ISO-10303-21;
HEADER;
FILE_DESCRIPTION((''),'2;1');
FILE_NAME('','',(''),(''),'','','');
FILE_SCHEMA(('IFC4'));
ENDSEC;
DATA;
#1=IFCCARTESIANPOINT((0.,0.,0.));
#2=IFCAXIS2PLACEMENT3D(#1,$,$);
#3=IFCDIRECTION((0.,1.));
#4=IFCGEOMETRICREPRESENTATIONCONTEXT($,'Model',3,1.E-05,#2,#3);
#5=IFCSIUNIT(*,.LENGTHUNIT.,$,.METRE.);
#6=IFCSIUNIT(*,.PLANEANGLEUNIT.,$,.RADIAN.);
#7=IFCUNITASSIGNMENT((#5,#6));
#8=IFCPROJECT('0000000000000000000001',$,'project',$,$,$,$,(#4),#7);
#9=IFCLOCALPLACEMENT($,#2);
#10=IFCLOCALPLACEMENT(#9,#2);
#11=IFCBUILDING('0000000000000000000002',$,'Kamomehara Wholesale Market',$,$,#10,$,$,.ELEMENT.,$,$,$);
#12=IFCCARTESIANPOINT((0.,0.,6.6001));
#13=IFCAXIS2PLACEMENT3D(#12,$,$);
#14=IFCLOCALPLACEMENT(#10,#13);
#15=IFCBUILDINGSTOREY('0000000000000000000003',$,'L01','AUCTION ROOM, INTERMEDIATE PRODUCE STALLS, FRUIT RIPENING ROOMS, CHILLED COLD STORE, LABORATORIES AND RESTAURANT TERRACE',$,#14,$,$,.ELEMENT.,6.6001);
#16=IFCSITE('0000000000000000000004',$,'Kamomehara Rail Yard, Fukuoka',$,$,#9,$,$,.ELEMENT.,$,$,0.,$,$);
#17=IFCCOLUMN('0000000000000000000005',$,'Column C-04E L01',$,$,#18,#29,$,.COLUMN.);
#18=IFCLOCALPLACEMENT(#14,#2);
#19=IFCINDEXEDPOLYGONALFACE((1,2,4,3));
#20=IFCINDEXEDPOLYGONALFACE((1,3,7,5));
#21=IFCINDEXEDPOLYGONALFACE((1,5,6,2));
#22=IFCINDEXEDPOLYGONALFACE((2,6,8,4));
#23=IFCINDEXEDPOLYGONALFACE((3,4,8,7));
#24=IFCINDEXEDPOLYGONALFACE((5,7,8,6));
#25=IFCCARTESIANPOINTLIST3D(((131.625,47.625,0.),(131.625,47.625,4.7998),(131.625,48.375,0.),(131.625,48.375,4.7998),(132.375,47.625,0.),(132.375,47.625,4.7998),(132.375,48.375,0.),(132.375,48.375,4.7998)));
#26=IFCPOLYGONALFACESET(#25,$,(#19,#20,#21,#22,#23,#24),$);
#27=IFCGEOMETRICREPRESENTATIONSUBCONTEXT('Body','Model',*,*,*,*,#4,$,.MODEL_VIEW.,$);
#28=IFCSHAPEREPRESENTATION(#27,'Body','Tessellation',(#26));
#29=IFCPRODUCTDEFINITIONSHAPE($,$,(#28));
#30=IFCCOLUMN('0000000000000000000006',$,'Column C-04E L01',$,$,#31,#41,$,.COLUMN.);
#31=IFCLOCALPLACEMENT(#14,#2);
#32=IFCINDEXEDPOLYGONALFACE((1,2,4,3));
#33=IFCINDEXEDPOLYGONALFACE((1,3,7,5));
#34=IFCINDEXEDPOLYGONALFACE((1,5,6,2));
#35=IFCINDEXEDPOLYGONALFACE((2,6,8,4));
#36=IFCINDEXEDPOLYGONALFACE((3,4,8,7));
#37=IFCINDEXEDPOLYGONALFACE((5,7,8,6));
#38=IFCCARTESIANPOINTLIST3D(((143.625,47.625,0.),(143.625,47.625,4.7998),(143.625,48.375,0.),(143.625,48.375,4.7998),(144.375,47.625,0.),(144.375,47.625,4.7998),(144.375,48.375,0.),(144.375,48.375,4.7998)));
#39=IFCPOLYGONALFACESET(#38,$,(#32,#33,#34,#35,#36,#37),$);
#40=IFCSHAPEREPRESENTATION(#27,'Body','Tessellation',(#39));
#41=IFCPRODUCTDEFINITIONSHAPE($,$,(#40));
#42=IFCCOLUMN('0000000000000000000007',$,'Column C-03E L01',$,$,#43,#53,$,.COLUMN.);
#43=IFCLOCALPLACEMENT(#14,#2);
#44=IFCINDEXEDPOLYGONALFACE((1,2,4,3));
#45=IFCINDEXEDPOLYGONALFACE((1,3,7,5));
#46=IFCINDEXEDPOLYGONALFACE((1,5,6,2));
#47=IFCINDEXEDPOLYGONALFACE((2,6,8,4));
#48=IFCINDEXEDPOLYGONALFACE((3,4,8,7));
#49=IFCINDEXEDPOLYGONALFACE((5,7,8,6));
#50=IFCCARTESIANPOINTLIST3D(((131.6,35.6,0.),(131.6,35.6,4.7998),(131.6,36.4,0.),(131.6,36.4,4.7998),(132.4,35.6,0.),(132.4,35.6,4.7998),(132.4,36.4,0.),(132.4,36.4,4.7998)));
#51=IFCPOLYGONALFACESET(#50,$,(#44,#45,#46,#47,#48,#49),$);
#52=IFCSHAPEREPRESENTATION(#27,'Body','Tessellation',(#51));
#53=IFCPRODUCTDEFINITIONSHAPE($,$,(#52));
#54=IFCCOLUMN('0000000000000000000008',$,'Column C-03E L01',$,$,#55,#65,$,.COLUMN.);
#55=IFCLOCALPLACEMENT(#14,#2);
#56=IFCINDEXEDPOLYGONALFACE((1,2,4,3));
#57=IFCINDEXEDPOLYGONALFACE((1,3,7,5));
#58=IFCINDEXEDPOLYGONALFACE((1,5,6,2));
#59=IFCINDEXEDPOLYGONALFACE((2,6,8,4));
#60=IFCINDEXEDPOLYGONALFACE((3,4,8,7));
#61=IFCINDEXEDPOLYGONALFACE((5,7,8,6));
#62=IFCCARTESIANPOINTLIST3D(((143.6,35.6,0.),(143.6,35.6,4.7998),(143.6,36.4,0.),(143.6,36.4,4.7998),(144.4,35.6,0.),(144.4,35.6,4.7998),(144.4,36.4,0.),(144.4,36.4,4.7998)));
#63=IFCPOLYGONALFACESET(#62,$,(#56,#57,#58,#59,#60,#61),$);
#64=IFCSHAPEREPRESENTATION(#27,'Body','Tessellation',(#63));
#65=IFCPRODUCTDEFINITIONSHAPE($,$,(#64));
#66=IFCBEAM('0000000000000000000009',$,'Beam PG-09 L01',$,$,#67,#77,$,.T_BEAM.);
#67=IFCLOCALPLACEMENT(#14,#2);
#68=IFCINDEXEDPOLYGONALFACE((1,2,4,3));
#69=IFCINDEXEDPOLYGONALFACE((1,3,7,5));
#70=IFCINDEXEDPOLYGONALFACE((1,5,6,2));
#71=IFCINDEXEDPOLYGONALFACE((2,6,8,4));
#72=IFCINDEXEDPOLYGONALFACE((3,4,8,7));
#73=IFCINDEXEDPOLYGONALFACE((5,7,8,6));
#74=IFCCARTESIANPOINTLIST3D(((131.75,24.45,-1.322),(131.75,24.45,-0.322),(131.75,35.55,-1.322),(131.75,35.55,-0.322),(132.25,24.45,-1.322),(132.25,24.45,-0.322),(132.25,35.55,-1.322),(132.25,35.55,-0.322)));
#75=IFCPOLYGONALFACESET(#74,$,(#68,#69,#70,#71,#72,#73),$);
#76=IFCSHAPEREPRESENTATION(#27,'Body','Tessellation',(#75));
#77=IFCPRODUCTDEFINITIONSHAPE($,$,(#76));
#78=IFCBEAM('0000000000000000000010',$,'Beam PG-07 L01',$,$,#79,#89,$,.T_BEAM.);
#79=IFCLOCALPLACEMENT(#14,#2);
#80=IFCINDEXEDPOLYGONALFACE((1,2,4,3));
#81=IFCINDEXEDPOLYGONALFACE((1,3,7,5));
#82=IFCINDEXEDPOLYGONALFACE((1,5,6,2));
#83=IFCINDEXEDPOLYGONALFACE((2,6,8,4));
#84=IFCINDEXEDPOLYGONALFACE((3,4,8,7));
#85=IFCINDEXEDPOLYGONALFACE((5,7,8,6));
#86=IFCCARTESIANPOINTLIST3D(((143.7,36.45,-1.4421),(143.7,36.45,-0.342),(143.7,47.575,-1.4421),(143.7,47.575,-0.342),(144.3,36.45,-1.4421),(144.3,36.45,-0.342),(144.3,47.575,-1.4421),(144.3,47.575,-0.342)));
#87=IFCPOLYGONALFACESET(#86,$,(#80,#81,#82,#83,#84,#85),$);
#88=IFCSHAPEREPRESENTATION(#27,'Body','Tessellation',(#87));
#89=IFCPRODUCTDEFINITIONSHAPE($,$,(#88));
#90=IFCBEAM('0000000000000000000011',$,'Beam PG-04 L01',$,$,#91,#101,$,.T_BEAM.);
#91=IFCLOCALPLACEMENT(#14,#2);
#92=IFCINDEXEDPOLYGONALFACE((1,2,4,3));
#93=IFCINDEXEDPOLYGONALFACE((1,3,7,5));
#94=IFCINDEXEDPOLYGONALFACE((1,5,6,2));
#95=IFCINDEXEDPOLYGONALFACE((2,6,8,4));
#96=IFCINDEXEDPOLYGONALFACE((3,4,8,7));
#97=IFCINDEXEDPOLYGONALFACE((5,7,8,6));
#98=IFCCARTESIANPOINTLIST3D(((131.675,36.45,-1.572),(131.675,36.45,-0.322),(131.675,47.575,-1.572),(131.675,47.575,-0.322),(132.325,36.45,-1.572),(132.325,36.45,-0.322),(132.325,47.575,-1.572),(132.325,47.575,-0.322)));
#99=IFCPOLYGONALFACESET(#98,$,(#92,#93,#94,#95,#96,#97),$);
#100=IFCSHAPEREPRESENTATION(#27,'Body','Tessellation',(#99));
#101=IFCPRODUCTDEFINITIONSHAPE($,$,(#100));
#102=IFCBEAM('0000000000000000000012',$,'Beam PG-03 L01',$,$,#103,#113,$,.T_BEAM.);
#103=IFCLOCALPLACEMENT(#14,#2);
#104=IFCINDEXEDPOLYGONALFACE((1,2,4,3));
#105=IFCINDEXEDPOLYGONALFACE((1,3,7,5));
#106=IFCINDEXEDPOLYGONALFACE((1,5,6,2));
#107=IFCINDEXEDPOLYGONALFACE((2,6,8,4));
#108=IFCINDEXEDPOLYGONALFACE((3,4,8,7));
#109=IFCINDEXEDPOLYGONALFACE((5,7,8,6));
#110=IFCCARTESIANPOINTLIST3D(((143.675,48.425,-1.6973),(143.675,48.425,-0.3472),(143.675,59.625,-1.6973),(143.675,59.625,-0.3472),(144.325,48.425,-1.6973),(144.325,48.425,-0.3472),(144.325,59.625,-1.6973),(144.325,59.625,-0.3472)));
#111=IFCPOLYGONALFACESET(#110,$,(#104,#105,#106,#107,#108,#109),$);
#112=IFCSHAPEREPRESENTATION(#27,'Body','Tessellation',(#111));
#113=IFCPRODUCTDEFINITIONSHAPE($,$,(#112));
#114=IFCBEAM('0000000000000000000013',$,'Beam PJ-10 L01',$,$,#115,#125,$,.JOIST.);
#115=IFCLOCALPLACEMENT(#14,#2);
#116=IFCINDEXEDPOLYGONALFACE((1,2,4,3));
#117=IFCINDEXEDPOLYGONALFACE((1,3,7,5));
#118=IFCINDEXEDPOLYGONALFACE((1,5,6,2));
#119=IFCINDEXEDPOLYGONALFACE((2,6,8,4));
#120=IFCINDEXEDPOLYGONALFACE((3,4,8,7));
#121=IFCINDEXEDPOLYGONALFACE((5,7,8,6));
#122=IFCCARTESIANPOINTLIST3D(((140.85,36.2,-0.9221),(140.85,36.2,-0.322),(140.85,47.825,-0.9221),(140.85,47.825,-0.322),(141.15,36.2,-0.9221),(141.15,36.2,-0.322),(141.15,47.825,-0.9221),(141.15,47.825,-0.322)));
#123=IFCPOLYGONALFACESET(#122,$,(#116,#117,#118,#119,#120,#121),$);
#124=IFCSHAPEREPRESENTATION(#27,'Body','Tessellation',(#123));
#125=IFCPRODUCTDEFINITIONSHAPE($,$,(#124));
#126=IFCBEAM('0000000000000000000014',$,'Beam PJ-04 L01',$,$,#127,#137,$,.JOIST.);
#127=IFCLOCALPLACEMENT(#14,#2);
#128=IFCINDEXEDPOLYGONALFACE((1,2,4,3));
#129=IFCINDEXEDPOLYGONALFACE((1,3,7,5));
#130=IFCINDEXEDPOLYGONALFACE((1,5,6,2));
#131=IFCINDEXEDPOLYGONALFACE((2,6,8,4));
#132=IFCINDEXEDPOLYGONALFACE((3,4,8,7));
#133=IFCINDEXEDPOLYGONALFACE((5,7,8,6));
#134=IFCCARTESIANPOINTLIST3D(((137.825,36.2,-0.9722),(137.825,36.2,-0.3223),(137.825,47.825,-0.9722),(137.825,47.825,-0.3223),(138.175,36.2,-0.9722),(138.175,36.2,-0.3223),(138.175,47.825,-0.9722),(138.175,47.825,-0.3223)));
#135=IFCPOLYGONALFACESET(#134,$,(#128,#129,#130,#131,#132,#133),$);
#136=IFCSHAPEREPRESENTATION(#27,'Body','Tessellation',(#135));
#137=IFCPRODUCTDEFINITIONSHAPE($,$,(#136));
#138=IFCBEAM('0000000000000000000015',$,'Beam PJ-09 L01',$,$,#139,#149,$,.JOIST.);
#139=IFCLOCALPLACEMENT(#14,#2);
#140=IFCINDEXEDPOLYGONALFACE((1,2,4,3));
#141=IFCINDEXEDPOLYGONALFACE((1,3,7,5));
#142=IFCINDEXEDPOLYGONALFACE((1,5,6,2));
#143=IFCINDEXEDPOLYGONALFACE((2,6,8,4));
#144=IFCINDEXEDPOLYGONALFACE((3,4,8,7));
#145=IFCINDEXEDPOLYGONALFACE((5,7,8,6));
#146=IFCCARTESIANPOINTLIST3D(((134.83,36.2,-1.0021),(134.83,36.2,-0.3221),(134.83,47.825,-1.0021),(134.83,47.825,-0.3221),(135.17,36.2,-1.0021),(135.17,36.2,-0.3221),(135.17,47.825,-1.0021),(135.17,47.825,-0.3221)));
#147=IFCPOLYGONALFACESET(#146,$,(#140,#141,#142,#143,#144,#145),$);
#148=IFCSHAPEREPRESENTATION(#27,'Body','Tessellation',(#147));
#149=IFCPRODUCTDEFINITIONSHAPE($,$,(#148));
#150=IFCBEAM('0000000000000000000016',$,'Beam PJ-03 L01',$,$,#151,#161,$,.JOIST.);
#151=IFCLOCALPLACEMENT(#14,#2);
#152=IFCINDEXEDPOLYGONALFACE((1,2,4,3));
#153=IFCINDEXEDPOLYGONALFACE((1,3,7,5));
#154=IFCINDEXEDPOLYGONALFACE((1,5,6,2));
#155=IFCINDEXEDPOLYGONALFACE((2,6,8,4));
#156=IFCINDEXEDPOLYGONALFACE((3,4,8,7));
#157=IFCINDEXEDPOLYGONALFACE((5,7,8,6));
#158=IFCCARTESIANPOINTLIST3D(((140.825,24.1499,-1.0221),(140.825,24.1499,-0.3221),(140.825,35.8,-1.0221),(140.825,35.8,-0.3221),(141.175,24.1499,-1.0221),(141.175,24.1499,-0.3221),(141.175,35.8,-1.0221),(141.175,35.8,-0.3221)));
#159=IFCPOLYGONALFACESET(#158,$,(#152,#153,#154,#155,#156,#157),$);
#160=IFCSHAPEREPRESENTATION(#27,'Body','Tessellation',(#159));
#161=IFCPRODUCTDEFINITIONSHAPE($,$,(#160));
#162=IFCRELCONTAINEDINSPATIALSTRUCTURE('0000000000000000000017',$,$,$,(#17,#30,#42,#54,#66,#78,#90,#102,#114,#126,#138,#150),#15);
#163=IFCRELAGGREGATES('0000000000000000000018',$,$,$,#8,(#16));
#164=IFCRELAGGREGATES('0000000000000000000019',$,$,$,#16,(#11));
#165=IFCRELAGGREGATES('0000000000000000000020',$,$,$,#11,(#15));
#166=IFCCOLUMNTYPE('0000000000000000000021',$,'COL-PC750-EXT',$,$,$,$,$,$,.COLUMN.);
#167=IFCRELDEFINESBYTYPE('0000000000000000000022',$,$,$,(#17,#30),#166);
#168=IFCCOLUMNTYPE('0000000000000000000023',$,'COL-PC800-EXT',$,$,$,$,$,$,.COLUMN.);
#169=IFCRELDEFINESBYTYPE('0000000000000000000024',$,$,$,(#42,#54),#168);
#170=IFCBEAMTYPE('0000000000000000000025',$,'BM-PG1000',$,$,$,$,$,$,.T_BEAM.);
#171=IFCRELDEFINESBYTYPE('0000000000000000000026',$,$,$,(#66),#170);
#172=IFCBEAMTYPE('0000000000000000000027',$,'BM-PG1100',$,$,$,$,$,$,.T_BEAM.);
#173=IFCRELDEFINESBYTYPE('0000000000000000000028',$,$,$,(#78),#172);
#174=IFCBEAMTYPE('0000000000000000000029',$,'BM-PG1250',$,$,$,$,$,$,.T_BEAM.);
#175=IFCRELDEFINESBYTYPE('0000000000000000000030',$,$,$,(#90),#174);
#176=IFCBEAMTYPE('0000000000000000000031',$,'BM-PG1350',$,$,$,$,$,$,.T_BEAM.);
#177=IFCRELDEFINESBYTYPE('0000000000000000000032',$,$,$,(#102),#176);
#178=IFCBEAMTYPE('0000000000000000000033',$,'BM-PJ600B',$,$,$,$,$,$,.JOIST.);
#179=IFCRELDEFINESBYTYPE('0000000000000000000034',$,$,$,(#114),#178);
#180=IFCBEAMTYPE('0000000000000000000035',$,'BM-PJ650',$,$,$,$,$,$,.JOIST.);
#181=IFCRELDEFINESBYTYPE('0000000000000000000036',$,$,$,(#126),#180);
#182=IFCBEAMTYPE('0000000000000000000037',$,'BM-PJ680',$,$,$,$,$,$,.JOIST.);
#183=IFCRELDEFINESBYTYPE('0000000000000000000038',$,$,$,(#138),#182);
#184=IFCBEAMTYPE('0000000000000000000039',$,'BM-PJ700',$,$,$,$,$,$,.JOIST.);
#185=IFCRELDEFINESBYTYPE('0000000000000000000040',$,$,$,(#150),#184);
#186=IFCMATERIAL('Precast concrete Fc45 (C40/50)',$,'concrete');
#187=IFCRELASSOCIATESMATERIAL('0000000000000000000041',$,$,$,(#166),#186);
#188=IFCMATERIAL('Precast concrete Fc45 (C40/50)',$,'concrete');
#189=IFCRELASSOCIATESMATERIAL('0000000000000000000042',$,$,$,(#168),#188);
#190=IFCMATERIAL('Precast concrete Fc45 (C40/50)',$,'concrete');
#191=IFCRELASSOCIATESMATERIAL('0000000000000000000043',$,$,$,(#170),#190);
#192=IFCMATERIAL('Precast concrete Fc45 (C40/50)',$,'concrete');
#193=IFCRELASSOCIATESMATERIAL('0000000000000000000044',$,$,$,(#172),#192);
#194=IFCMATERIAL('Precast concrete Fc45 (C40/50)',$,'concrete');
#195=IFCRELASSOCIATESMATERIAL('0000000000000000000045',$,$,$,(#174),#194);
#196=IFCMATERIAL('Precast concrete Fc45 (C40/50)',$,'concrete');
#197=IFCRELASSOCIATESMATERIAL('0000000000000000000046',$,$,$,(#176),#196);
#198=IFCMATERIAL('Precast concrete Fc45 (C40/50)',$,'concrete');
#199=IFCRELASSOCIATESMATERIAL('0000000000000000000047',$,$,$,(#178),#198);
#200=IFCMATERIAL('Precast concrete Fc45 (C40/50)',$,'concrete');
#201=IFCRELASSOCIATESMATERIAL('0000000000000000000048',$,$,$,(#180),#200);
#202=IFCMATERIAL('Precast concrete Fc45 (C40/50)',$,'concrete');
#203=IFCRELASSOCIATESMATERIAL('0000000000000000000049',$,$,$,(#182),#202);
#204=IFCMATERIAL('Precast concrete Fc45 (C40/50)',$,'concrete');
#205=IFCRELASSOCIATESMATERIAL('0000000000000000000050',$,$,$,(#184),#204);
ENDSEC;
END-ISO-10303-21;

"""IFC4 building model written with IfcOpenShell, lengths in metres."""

from ifc_helpers import new_model, si_unit, direction, frame, origin, origin_2d, place, context, subcontext, project, spatial, rectangle, extrude, material, material_profile, profile_set, type_object, element, save


model = new_model("IFC4")

# Units and contexts
model_context = context("Model", 3, precision=1e-05, world=origin(), true_north=direction((0.0, 1.0)))
body_context = subcontext(model_context, "Body", "Model", "MODEL_VIEW")
ifc_project = project(units=[si_unit("LENGTHUNIT", "METRE"), si_unit("PLANEANGLEUNIT", "RADIAN")], contexts=[model_context])

# Site, building, storey
site_placement = place(None, origin())
site = spatial("IfcSite", under=ifc_project, at=site_placement, Name="Kamomehara Rail Yard, Fukuoka", CompositionType="ELEMENT", RefElevation=0.0)
building_placement = place(site_placement, origin())
building = spatial("IfcBuilding", under=site, at=building_placement, Name="Kamomehara Wholesale Market", CompositionType="ELEMENT")
storey_placement = place(building_placement, frame((0.0, 0.0, 6.6001)))
storey = spatial("IfcBuildingStorey", under=building, at=storey_placement, Name="L01", Description="AUCTION ROOM, INTERMEDIATE PRODUCE STALLS, FRUIT RIPENING ROOMS, CHILLED COLD STORE, LABORATORIES AND RESTAURANT TERRACE", CompositionType="ELEMENT", Elevation=6.6001)

# Columns
ifc_material_1 = material(Name="Precast concrete Fc45 (C40/50)", Category="concrete")
ifc_material_profile_1 = material_profile(ifc_material_1, rectangle(XDim=0.75, YDim=0.75, at=origin_2d()), Name="PC-COL-750x750")
ifc_profile_set_1 = profile_set([ifc_material_profile_1], Name="Precast concrete Fc45 (C40/50)")
column_type_1 = type_object("IfcColumnType", Name="COL-PC750-EXT", PredefinedType="COLUMN", material=ifc_profile_set_1)
for number, where, z_axis, x_axis, name in (
    (1, (132.0, 48.0, 0.0), (0.0, 0.0, 1.0), (1.0, 0.0, 0.0), "Column C-04E L01"),
    (2, (144.0, 48.0, 0.0), (0.0, 0.0, 1.0), (1.0, 0.0, 0.0), "Column C-04E L01"),
):
    element("IfcColumn", number, at=place(storey_placement, frame(where, z_axis=z_axis, x_axis=x_axis)), inside=storey, type_object=column_type_1, Name=name, PredefinedType="COLUMN", context=body_context, shape_type="SweptSolid", body=[
        extrude(rectangle(XDim=0.75, YDim=0.75, at=origin_2d()), origin(), (0.0, 0.0, 1.0), 4.7998),
    ])
ifc_material_2 = material(Name="Precast concrete Fc45 (C40/50)", Category="concrete")
ifc_material_profile_2 = material_profile(ifc_material_2, rectangle(XDim=0.8, YDim=0.8, at=origin_2d()), Name="PC-COL-800x800")
ifc_profile_set_2 = profile_set([ifc_material_profile_2], Name="Precast concrete Fc45 (C40/50)")
column_type_2 = type_object("IfcColumnType", Name="COL-PC800-EXT", PredefinedType="COLUMN", material=ifc_profile_set_2)
for number, where, z_axis, x_axis, name in (
    (3, (132.0, 36.0, 0.0), (0.0, 0.0, 1.0), (1.0, 0.0, 0.0), "Column C-03E L01"),
    (4, (144.0, 36.0, 0.0), (0.0, 0.0, 1.0), (1.0, 0.0, 0.0), "Column C-03E L01"),
):
    element("IfcColumn", number, at=place(storey_placement, frame(where, z_axis=z_axis, x_axis=x_axis)), inside=storey, type_object=column_type_2, Name=name, PredefinedType="COLUMN", context=body_context, shape_type="SweptSolid", body=[
        extrude(rectangle(XDim=0.8, YDim=0.8, at=origin_2d()), origin(), (0.0, 0.0, 1.0), 4.7998),
    ])

# Beams
ifc_material_3 = material(Name="Precast concrete Fc45 (C40/50)", Category="concrete")
ifc_material_profile_3 = material_profile(ifc_material_3, rectangle(XDim=0.5, YDim=1.0, at=origin_2d()), Name="PC-GRD-500x1000")
ifc_profile_set_3 = profile_set([ifc_material_profile_3], Name="Precast concrete Fc45 (C40/50)")
beam_type_1 = type_object("IfcBeamType", Name="BM-PG1000", PredefinedType="T_BEAM", material=ifc_profile_set_3)
beam_1_placement = place(storey_placement, frame((132.0, 24.45, -0.822), z_axis=(0.0, 1.0, 0.0), x_axis=(-1.0, 0.0, 0.0)))
element("IfcBeam", 5, at=beam_1_placement, inside=storey, type_object=beam_type_1, Name="Beam PG-09 L01", PredefinedType="T_BEAM", context=body_context, shape_type="SweptSolid", body=[
    extrude(rectangle(XDim=0.5, YDim=1.0, at=origin_2d()), origin(), (0.0, 0.0, 1.0), 11.1001),
])
ifc_material_4 = material(Name="Precast concrete Fc45 (C40/50)", Category="concrete")
ifc_material_profile_4 = material_profile(ifc_material_4, rectangle(XDim=0.6001, YDim=1.1001, at=origin_2d()), Name="PC-GRD-600x1100")
ifc_profile_set_4 = profile_set([ifc_material_profile_4], Name="Precast concrete Fc45 (C40/50)")
beam_type_2 = type_object("IfcBeamType", Name="BM-PG1100", PredefinedType="T_BEAM", material=ifc_profile_set_4)
beam_2_placement = place(storey_placement, frame((144.0, 36.45, -0.8921), z_axis=(0.0, 1.0, 0.0), x_axis=(-1.0, 0.0, 0.0)))
element("IfcBeam", 6, at=beam_2_placement, inside=storey, type_object=beam_type_2, Name="Beam PG-07 L01", PredefinedType="T_BEAM", context=body_context, shape_type="SweptSolid", body=[
    extrude(rectangle(XDim=0.6001, YDim=1.1001, at=origin_2d()), origin(), (0.0, 0.0, 1.0), 11.125),
])
ifc_material_5 = material(Name="Precast concrete Fc45 (C40/50)", Category="concrete")
ifc_material_profile_5 = material_profile(ifc_material_5, rectangle(XDim=0.6499, YDim=1.25, at=origin_2d()), Name="PC-GRD-650x1250")
ifc_profile_set_5 = profile_set([ifc_material_profile_5], Name="Precast concrete Fc45 (C40/50)")
beam_type_3 = type_object("IfcBeamType", Name="BM-PG1250", PredefinedType="T_BEAM", material=ifc_profile_set_5)
beam_3_placement = place(storey_placement, frame((132.0, 36.45, -0.947), z_axis=(0.0, 1.0, 0.0), x_axis=(-1.0, 0.0, 0.0)))
element("IfcBeam", 7, at=beam_3_placement, inside=storey, type_object=beam_type_3, Name="Beam PG-04 L01", PredefinedType="T_BEAM", context=body_context, shape_type="SweptSolid", body=[
    extrude(rectangle(XDim=0.6499, YDim=1.25, at=origin_2d()), origin(), (0.0, 0.0, 1.0), 11.125),
])
ifc_material_6 = material(Name="Precast concrete Fc45 (C40/50)", Category="concrete")
ifc_material_profile_6 = material_profile(ifc_material_6, rectangle(XDim=0.6499, YDim=1.3501, at=origin_2d()), Name="PC-GRD-650x1350")
ifc_profile_set_6 = profile_set([ifc_material_profile_6], Name="Precast concrete Fc45 (C40/50)")
beam_type_4 = type_object("IfcBeamType", Name="BM-PG1350", PredefinedType="T_BEAM", material=ifc_profile_set_6)
beam_4_placement = place(storey_placement, frame((144.0, 48.425, -1.0222), z_axis=(0.0, 1.0, 0.0), x_axis=(-1.0, 0.0, 0.0)))
element("IfcBeam", 8, at=beam_4_placement, inside=storey, type_object=beam_type_4, Name="Beam PG-03 L01", PredefinedType="T_BEAM", context=body_context, shape_type="SweptSolid", body=[
    extrude(rectangle(XDim=0.6499, YDim=1.3501, at=origin_2d()), origin(), (0.0, 0.0, 1.0), 11.2),
])
ifc_material_7 = material(Name="Precast concrete Fc45 (C40/50)", Category="concrete")
ifc_material_profile_7 = material_profile(ifc_material_7, rectangle(XDim=0.3, YDim=0.6001, at=origin_2d()), Name="PC-JST-300x600")
ifc_profile_set_7 = profile_set([ifc_material_profile_7], Name="Precast concrete Fc45 (C40/50)")
beam_type_5 = type_object("IfcBeamType", Name="BM-PJ600B", PredefinedType="JOIST", material=ifc_profile_set_7)
beam_5_placement = place(storey_placement, frame((141.0, 36.2, -0.6221), z_axis=(0.0, 1.0, 0.0), x_axis=(-1.0, 0.0, 0.0)))
element("IfcBeam", 9, at=beam_5_placement, inside=storey, type_object=beam_type_5, Name="Beam PJ-10 L01", PredefinedType="JOIST", context=body_context, shape_type="SweptSolid", body=[
    extrude(rectangle(XDim=0.3, YDim=0.6001, at=origin_2d()), origin(), (0.0, 0.0, 1.0), 11.625),
])
ifc_material_8 = material(Name="Precast concrete Fc45 (C40/50)", Category="concrete")
ifc_material_profile_8 = material_profile(ifc_material_8, rectangle(XDim=0.3501, YDim=0.6499, at=origin_2d()), Name="PC-JST-350x650")
ifc_profile_set_8 = profile_set([ifc_material_profile_8], Name="Precast concrete Fc45 (C40/50)")
beam_type_6 = type_object("IfcBeamType", Name="BM-PJ650", PredefinedType="JOIST", material=ifc_profile_set_8)
beam_6_placement = place(storey_placement, frame((138.0, 36.2, -0.6472), z_axis=(0.0, 1.0, 0.0), x_axis=(-1.0, 0.0, 0.0)))
element("IfcBeam", 10, at=beam_6_placement, inside=storey, type_object=beam_type_6, Name="Beam PJ-04 L01", PredefinedType="JOIST", context=body_context, shape_type="SweptSolid", body=[
    extrude(rectangle(XDim=0.3501, YDim=0.6499, at=origin_2d()), origin(), (0.0, 0.0, 1.0), 11.625),
])
ifc_material_9 = material(Name="Precast concrete Fc45 (C40/50)", Category="concrete")
ifc_material_profile_9 = material_profile(ifc_material_9, rectangle(XDim=0.3401, YDim=0.6799, at=origin_2d()), Name="PC-JST-340x680")
ifc_profile_set_9 = profile_set([ifc_material_profile_9], Name="Precast concrete Fc45 (C40/50)")
beam_type_7 = type_object("IfcBeamType", Name="BM-PJ680", PredefinedType="JOIST", material=ifc_profile_set_9)
beam_7_placement = place(storey_placement, frame((135.0, 36.2, -0.6621), z_axis=(0.0, 1.0, 0.0), x_axis=(-1.0, 0.0, 0.0)))
element("IfcBeam", 11, at=beam_7_placement, inside=storey, type_object=beam_type_7, Name="Beam PJ-09 L01", PredefinedType="JOIST", context=body_context, shape_type="SweptSolid", body=[
    extrude(rectangle(XDim=0.3401, YDim=0.6799, at=origin_2d()), origin(), (0.0, 0.0, 1.0), 11.625),
])
ifc_material_10 = material(Name="Precast concrete Fc45 (C40/50)", Category="concrete")
ifc_material_profile_10 = material_profile(ifc_material_10, rectangle(XDim=0.3501, YDim=0.7, at=origin_2d()), Name="PC-JST-350x700")
ifc_profile_set_10 = profile_set([ifc_material_profile_10], Name="Precast concrete Fc45 (C40/50)")
beam_type_8 = type_object("IfcBeamType", Name="BM-PJ700", PredefinedType="JOIST", material=ifc_profile_set_10)
beam_8_placement = place(storey_placement, frame((141.0, 24.1499, -0.6721), z_axis=(0.0, 1.0, 0.0), x_axis=(-1.0, 0.0, 0.0)))
element("IfcBeam", 12, at=beam_8_placement, inside=storey, type_object=beam_type_8, Name="Beam PJ-03 L01", PredefinedType="JOIST", context=body_context, shape_type="SweptSolid", body=[
    extrude(rectangle(XDim=0.3501, YDim=0.7, at=origin_2d()), origin(), (0.0, 0.0, 1.0), 11.6501),
])

save(model, "model.ifc")
